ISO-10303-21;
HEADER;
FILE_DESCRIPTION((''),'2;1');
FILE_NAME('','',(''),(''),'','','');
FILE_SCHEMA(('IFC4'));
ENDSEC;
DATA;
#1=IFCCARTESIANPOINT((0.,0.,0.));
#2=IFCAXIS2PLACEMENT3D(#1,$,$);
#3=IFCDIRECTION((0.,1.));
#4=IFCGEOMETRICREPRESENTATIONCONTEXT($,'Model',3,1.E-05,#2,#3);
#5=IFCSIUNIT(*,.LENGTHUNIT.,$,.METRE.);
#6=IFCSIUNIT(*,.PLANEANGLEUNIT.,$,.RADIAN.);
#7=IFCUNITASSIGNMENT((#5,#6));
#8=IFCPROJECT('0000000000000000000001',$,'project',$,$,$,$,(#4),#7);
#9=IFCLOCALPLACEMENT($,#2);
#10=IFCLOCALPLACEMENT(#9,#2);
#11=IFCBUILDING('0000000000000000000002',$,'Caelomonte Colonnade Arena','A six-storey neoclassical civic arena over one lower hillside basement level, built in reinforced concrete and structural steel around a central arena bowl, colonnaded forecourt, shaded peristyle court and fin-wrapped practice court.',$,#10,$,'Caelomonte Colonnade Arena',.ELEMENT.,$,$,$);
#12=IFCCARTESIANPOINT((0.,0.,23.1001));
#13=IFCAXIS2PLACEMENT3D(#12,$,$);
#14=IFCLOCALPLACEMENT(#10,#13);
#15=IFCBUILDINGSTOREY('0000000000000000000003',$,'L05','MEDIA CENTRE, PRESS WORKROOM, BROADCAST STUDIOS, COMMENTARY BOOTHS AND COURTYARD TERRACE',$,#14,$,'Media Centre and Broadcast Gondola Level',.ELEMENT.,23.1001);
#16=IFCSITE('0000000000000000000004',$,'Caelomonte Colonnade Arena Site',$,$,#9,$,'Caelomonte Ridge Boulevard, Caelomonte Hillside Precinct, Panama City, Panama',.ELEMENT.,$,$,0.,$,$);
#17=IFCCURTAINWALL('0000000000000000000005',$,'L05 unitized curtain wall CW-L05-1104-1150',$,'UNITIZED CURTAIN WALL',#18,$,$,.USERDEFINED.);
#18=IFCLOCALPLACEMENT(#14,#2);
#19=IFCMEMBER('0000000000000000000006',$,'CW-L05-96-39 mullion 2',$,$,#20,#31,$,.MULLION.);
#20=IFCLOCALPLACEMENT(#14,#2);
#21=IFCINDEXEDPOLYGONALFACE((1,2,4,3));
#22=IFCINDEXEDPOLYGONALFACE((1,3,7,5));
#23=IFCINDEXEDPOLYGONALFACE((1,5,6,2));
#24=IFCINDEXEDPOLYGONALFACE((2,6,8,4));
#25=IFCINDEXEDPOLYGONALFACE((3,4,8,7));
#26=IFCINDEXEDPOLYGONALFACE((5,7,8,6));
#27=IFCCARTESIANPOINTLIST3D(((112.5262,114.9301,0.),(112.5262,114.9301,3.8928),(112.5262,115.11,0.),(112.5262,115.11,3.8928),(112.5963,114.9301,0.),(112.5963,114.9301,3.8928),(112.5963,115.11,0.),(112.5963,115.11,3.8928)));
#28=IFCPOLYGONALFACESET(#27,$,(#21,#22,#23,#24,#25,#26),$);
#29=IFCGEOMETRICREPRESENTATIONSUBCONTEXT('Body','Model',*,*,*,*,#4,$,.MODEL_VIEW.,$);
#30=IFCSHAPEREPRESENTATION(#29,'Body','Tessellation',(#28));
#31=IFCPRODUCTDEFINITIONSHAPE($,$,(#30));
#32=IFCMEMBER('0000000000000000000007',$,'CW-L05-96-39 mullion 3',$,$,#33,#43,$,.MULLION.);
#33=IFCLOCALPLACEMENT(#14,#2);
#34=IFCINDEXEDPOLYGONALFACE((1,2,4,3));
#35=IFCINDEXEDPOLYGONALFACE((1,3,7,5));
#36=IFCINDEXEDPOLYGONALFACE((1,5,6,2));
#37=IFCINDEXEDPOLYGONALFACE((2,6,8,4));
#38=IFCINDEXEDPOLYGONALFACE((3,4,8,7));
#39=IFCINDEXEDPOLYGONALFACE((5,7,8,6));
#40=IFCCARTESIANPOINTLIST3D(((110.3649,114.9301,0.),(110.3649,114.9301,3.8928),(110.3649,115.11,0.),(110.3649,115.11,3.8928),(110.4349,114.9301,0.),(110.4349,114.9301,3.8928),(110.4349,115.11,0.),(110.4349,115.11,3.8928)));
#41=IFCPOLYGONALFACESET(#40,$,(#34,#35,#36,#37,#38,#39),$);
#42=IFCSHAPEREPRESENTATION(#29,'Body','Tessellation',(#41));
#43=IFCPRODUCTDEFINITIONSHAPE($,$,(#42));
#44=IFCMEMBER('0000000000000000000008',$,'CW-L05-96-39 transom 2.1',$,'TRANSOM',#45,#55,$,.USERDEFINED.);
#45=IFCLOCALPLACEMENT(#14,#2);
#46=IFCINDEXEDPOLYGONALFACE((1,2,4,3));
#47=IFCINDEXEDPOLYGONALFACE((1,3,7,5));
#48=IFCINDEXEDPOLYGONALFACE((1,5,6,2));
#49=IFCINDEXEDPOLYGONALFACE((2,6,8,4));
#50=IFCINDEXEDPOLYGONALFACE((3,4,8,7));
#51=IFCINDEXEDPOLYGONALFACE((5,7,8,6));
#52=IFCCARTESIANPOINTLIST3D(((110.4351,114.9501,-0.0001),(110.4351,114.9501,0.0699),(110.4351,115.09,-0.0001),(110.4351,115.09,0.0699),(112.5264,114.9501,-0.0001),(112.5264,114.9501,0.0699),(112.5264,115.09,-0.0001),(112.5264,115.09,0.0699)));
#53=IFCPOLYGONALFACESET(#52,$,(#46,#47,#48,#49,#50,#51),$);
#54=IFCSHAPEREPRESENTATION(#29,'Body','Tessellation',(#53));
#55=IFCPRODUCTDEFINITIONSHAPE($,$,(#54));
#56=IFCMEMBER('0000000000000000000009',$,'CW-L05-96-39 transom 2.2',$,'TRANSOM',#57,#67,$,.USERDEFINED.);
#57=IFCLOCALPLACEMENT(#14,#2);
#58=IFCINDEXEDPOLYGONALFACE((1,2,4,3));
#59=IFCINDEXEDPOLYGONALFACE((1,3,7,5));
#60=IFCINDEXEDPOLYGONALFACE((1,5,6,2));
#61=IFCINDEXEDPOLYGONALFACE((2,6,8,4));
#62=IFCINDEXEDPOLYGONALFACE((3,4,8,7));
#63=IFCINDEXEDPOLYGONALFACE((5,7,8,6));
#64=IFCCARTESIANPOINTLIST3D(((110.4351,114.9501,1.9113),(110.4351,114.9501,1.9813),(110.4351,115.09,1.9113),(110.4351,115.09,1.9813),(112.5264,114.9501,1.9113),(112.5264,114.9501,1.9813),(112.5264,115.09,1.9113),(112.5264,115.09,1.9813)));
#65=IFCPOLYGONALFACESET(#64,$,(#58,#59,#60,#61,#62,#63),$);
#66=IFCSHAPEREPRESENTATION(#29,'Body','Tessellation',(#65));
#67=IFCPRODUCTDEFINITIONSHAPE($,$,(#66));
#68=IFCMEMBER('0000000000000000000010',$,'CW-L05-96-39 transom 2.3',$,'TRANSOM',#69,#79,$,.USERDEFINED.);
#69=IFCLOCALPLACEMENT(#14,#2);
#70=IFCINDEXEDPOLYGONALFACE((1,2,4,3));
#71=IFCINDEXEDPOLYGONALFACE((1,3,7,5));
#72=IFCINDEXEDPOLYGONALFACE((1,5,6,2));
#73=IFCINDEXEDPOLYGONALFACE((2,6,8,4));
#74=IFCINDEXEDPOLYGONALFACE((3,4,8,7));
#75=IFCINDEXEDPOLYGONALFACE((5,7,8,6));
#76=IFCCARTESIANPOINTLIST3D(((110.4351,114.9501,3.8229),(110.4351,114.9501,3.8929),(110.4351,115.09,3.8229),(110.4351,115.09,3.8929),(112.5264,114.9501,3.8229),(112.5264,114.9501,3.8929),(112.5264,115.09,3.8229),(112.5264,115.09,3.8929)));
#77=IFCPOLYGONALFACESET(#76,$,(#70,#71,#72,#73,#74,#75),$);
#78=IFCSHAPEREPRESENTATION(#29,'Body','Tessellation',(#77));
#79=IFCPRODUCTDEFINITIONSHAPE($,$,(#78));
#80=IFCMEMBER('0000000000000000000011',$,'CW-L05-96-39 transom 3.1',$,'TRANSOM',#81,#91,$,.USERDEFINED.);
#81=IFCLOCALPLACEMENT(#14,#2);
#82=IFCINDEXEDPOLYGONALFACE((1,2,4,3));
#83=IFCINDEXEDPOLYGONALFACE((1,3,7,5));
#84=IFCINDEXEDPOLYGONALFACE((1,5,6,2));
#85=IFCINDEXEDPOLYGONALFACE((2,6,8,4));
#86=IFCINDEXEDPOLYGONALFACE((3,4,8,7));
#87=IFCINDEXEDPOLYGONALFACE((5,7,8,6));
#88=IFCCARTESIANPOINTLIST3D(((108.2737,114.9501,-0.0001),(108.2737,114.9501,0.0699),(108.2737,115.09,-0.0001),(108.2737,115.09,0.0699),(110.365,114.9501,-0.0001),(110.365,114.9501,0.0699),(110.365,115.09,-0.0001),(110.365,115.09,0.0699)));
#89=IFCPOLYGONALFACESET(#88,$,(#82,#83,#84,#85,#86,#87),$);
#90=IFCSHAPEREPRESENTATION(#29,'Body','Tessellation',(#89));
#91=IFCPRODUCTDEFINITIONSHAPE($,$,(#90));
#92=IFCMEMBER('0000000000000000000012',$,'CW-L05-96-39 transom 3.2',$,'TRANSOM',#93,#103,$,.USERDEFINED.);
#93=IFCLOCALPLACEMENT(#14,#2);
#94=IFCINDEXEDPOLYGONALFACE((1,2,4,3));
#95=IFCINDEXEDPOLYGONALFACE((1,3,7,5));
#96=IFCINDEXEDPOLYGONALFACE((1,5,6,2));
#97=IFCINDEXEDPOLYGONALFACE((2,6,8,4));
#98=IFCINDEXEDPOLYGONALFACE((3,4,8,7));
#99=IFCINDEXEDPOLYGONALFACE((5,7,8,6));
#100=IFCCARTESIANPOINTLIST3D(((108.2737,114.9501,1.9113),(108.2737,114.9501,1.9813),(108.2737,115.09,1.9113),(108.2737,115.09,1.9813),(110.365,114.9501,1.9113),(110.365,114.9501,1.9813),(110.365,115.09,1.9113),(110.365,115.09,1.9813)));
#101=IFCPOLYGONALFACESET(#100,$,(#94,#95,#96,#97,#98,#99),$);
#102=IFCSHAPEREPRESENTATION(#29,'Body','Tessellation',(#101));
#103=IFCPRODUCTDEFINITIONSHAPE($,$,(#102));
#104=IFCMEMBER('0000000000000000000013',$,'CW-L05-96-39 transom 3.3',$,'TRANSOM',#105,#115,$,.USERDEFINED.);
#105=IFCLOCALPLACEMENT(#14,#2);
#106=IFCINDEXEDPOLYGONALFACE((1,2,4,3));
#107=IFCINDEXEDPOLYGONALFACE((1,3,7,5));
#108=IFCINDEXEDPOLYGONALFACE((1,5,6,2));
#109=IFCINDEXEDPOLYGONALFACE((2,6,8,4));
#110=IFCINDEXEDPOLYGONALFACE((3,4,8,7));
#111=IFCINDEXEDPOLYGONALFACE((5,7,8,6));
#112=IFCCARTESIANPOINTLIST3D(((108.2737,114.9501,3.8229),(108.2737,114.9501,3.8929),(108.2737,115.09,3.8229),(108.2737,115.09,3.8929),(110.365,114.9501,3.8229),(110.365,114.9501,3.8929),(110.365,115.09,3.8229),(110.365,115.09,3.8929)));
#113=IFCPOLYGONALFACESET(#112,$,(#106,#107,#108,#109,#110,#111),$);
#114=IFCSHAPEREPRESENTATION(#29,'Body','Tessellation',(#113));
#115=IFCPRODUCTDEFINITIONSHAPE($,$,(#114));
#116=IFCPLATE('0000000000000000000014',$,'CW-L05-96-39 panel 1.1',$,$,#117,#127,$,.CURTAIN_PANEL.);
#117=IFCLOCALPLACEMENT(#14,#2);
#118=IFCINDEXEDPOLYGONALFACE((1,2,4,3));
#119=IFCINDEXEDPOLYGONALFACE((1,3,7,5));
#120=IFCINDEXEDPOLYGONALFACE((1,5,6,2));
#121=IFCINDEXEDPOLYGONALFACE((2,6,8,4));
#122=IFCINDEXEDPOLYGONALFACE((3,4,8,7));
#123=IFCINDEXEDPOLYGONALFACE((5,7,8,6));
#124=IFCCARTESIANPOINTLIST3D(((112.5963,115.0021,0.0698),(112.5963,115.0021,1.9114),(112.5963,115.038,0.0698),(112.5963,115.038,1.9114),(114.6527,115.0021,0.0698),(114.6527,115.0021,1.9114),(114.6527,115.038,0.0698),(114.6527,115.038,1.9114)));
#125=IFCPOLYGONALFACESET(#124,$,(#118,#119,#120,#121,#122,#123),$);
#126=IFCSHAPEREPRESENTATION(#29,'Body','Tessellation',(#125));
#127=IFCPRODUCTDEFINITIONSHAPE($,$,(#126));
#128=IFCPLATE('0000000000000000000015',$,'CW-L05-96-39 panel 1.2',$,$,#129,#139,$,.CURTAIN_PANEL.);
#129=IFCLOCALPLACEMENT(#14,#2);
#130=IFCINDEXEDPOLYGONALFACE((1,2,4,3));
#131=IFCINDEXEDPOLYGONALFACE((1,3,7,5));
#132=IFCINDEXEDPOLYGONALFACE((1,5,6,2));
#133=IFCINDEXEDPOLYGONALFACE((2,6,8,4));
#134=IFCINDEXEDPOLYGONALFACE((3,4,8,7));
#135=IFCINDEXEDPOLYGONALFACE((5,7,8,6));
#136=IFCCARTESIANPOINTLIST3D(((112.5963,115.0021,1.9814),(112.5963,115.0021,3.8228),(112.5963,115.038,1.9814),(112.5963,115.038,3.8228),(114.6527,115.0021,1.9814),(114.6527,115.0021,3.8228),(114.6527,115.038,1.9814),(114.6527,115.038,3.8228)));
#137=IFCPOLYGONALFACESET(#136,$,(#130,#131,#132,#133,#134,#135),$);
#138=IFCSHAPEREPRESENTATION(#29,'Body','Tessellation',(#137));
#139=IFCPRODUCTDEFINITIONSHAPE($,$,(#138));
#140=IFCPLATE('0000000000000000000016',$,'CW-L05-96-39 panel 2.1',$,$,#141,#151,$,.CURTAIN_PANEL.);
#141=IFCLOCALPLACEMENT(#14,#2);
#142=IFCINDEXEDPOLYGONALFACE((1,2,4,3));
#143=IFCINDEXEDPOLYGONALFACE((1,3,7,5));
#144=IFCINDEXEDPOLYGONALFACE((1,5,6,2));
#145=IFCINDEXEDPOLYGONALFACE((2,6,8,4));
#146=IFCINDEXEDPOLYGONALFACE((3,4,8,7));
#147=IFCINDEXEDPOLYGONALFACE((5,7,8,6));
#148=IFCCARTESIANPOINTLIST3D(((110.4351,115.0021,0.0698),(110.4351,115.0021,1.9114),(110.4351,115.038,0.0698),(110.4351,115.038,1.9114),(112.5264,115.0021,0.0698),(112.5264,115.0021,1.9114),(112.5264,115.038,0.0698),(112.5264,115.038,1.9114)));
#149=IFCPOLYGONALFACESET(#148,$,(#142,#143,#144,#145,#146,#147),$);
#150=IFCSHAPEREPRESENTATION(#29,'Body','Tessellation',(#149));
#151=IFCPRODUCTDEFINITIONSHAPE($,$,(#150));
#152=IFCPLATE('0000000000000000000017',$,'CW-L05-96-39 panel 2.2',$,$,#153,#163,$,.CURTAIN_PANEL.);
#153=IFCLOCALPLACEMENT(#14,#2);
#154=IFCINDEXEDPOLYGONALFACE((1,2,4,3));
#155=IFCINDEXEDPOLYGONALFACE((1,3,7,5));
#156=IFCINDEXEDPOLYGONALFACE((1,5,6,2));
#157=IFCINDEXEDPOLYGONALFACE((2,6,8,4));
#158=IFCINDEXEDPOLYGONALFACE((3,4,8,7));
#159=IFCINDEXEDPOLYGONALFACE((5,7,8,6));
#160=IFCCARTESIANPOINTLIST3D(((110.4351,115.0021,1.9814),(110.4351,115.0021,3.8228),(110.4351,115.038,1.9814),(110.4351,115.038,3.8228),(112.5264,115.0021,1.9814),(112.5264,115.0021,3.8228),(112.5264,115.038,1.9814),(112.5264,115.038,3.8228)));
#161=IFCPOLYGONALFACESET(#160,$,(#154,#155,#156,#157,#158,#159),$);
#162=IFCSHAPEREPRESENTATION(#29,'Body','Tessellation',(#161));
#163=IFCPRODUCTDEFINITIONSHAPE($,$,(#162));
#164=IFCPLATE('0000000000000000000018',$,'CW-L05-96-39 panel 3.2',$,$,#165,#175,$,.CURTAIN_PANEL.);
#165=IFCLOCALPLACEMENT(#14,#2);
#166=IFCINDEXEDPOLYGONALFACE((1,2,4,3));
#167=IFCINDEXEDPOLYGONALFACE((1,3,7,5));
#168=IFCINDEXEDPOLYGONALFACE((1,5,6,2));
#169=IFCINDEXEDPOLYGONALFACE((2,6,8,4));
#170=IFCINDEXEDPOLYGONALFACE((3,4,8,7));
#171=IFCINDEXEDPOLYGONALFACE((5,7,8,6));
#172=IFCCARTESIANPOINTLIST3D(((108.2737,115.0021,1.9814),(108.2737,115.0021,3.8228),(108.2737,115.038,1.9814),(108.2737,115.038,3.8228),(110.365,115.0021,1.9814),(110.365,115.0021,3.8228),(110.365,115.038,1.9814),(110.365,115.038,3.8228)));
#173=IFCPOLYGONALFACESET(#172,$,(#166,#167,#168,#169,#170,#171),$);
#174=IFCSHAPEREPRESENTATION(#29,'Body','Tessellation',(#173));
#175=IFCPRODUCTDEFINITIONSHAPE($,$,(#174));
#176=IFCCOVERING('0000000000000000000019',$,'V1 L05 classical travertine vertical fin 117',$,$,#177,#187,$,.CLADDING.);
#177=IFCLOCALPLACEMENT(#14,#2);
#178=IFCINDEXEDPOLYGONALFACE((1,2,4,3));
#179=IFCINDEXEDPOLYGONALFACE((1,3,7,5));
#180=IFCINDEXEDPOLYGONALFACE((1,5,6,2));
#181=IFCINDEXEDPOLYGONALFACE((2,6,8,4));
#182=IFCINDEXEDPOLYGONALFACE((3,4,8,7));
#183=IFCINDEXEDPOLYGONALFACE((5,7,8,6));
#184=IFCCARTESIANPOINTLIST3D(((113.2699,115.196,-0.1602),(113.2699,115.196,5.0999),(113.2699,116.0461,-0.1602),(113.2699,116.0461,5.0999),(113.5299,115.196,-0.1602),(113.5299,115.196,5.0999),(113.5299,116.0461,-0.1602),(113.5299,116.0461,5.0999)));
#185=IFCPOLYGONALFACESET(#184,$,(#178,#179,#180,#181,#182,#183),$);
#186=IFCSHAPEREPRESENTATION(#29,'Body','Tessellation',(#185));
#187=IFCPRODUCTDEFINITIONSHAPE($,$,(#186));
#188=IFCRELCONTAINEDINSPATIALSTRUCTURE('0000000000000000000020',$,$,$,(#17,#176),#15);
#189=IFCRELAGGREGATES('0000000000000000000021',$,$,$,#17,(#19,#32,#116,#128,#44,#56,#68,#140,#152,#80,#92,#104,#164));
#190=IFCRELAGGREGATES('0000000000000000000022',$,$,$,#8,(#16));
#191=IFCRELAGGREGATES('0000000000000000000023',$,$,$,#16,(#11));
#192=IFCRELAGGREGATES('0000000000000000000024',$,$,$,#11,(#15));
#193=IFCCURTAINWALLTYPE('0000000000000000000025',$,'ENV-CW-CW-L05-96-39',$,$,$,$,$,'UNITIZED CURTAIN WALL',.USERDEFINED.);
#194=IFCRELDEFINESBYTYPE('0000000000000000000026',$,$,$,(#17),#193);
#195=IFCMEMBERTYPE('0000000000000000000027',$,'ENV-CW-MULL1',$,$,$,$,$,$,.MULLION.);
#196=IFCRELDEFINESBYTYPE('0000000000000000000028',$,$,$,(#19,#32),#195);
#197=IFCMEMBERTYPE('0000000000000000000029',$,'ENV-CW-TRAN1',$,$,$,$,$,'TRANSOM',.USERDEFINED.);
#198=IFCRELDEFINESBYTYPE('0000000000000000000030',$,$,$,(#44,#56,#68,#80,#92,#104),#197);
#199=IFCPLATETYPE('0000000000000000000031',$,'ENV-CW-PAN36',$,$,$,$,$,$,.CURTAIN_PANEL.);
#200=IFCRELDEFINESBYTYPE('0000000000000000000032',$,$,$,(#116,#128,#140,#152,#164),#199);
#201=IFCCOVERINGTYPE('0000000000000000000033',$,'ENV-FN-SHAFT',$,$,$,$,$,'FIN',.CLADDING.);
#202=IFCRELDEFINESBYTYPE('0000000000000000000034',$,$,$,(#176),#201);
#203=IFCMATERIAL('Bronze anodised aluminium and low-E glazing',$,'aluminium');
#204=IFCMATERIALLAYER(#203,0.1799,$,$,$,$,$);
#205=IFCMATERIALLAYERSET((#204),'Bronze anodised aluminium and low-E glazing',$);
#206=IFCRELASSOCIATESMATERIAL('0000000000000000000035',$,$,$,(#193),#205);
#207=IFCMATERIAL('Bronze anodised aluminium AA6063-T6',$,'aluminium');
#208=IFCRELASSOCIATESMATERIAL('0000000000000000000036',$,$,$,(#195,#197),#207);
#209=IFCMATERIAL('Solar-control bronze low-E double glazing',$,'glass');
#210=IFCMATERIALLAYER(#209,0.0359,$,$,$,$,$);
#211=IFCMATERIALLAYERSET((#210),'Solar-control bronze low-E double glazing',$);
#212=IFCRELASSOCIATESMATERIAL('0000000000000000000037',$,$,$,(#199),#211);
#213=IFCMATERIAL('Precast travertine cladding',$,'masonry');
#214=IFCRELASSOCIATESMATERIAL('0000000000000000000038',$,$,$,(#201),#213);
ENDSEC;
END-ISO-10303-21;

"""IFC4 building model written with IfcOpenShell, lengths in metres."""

from ifc_helpers import new_model, si_unit, direction, frame, origin, origin_2d, place, context, subcontext, project, spatial, rectangle, extrude, material, layer, layer_set, material_profile, profile_set, type_object, element, aggregate, save


model = new_model("IFC4")

# Units and contexts
model_context = context("Model", 3, precision=1e-05, world=origin(), true_north=direction((0.0, 1.0)))
body_context = subcontext(model_context, "Body", "Model", "MODEL_VIEW")
ifc_project = project(units=[si_unit("LENGTHUNIT", "METRE"), si_unit("PLANEANGLEUNIT", "RADIAN")], contexts=[model_context])

# Site, building, storey
site_placement = place(None, origin())
site = spatial("IfcSite", under=ifc_project, at=site_placement, Name="Caelomonte Colonnade Arena Site", LongName="Caelomonte Ridge Boulevard, Caelomonte Hillside Precinct, Panama City, Panama", CompositionType="ELEMENT", RefElevation=0.0)
building_placement = place(site_placement, origin())
building = spatial("IfcBuilding", under=site, at=building_placement, Name="Caelomonte Colonnade Arena", Description="A six-storey neoclassical civic arena over one lower hillside basement level, built in reinforced concrete and structural steel around a central arena bowl, colonnaded forecourt, shaded peristyle court and fin-wrapped practice court.", LongName="Caelomonte Colonnade Arena", CompositionType="ELEMENT")
storey_placement = place(building_placement, frame((0.0, 0.0, 23.1001)))
storey = spatial("IfcBuildingStorey", under=building, at=storey_placement, Name="L05", Description="MEDIA CENTRE, PRESS WORKROOM, BROADCAST STUDIOS, COMMENTARY BOOTHS AND COURTYARD TERRACE", LongName="Media Centre and Broadcast Gondola Level", CompositionType="ELEMENT", Elevation=23.1001)

# Curtain wall, members, plates
ifc_material_1 = material(Name="Bronze anodised aluminium and low-E glazing", Category="aluminium")
ifc_layer_1 = layer(ifc_material_1, 0.1799)
ifc_layer_set_1 = layer_set([ifc_layer_1], Name="Bronze anodised aluminium and low-E glazing")
curtain_wall_type = type_object("IfcCurtainWallType", Name="ENV-CW-CW-L05-96-39", ElementType="UNITIZED CURTAIN WALL", PredefinedType="USERDEFINED", material=ifc_layer_set_1)
curtain_wall_placement = place(storey_placement, origin())
curtain_wall = element("IfcCurtainWall", 1, at=curtain_wall_placement, inside=storey, type_object=curtain_wall_type, Name="L05 unitized curtain wall CW-L05-1104-1150", ObjectType="UNITIZED CURTAIN WALL", PredefinedType="USERDEFINED")
ifc_material_2 = material(Name="Bronze anodised aluminium AA6063-T6", Category="aluminium")
ifc_material_profile_1 = material_profile(ifc_material_2, rectangle(XDim=0.0701, YDim=0.1799, at=origin_2d()), Name="CWM-70X180")
ifc_profile_set_1 = profile_set([ifc_material_profile_1], Name="Bronze anodised aluminium AA6063-T6")
member_type_1 = type_object("IfcMemberType", Name="ENV-CW-MULL1", PredefinedType="MULLION", material=ifc_profile_set_1)
member_1_placement = place(storey_placement, frame((112.5613, 115.02, 0.0), z_axis=(0.0, 0.0, 1.0), x_axis=(-1.0, 0.0, 0.0)))
member_1 = element("IfcMember", 2, at=member_1_placement, type_object=member_type_1, Name="CW-L05-96-39 mullion 2", PredefinedType="MULLION", context=body_context, shape_type="SweptSolid", body=[
    extrude(rectangle(XDim=0.0701, YDim=0.1799, at=origin_2d()), origin(), (0.0, 0.0, 1.0), 3.8928),
])
member_2_placement = place(storey_placement, frame((110.3999, 115.02, 0.0), z_axis=(0.0, 0.0, 1.0), x_axis=(-1.0, 0.0, 0.0)))
member_2 = element("IfcMember", 3, at=member_2_placement, type_object=member_type_1, Name="CW-L05-96-39 mullion 3", PredefinedType="MULLION", context=body_context, shape_type="SweptSolid", body=[
    extrude(rectangle(XDim=0.0701, YDim=0.1799, at=origin_2d()), origin(), (0.0, 0.0, 1.0), 3.8928),
])
ifc_material_profile_2 = material_profile(ifc_material_2, rectangle(XDim=0.0701, YDim=0.1399, at=origin_2d()), Name="CWT-70X140")
ifc_profile_set_2 = profile_set([ifc_material_profile_2], Name="Bronze anodised aluminium AA6063-T6")
member_type_2 = type_object("IfcMemberType", Name="ENV-CW-TRAN1", ElementType="TRANSOM", PredefinedType="USERDEFINED", material=ifc_profile_set_2)
member_3_placement = place(storey_placement, frame((112.5264, 115.02, 0.0349), z_axis=(-1.0, 0.0, 0.0), x_axis=(0.0, 0.0, 1.0)))
member_3 = element("IfcMember", 4, at=member_3_placement, type_object=member_type_2, Name="CW-L05-96-39 transom 2.1", ObjectType="TRANSOM", PredefinedType="USERDEFINED", context=body_context, shape_type="SweptSolid", body=[
    extrude(rectangle(XDim=0.0701, YDim=0.1399, at=origin_2d()), origin(), (0.0, 0.0, 1.0), 2.0913),
])
member_4_placement = place(storey_placement, frame((112.5264, 115.02, 1.9463), z_axis=(-1.0, 0.0, 0.0), x_axis=(0.0, 0.0, 1.0)))
member_4 = element("IfcMember", 5, at=member_4_placement, type_object=member_type_2, Name="CW-L05-96-39 transom 2.2", ObjectType="TRANSOM", PredefinedType="USERDEFINED", context=body_context, shape_type="SweptSolid", body=[
    extrude(rectangle(XDim=0.0701, YDim=0.1399, at=origin_2d()), origin(), (0.0, 0.0, 1.0), 2.0913),
])
member_5_placement = place(storey_placement, frame((112.5264, 115.02, 3.8579), z_axis=(-1.0, 0.0, 0.0), x_axis=(0.0, 0.0, 1.0)))
member_5 = element("IfcMember", 6, at=member_5_placement, type_object=member_type_2, Name="CW-L05-96-39 transom 2.3", ObjectType="TRANSOM", PredefinedType="USERDEFINED", context=body_context, shape_type="SweptSolid", body=[
    extrude(rectangle(XDim=0.0701, YDim=0.1399, at=origin_2d()), origin(), (0.0, 0.0, 1.0), 2.0913),
])
member_6_placement = place(storey_placement, frame((110.365, 115.02, 0.0349), z_axis=(-1.0, 0.0, 0.0), x_axis=(0.0, 0.0, 1.0)))
member_6 = element("IfcMember", 7, at=member_6_placement, type_object=member_type_2, Name="CW-L05-96-39 transom 3.1", ObjectType="TRANSOM", PredefinedType="USERDEFINED", context=body_context, shape_type="SweptSolid", body=[
    extrude(rectangle(XDim=0.0701, YDim=0.1399, at=origin_2d()), origin(), (0.0, 0.0, 1.0), 2.0913),
])
member_7_placement = place(storey_placement, frame((110.365, 115.02, 1.9463), z_axis=(-1.0, 0.0, 0.0), x_axis=(0.0, 0.0, 1.0)))
member_7 = element("IfcMember", 8, at=member_7_placement, type_object=member_type_2, Name="CW-L05-96-39 transom 3.2", ObjectType="TRANSOM", PredefinedType="USERDEFINED", context=body_context, shape_type="SweptSolid", body=[
    extrude(rectangle(XDim=0.0701, YDim=0.1399, at=origin_2d()), origin(), (0.0, 0.0, 1.0), 2.0913),
])
member_8_placement = place(storey_placement, frame((110.365, 115.02, 3.8579), z_axis=(-1.0, 0.0, 0.0), x_axis=(0.0, 0.0, 1.0)))
member_8 = element("IfcMember", 9, at=member_8_placement, type_object=member_type_2, Name="CW-L05-96-39 transom 3.3", ObjectType="TRANSOM", PredefinedType="USERDEFINED", context=body_context, shape_type="SweptSolid", body=[
    extrude(rectangle(XDim=0.0701, YDim=0.1399, at=origin_2d()), origin(), (0.0, 0.0, 1.0), 2.0913),
])
ifc_material_3 = material(Name="Solar-control bronze low-E double glazing", Category="glass")
ifc_layer_2 = layer(ifc_material_3, 0.0359)
ifc_layer_set_2 = layer_set([ifc_layer_2], Name="Solar-control bronze low-E double glazing")
plate_type = type_object("IfcPlateType", Name="ENV-CW-PAN36", PredefinedType="CURTAIN_PANEL", material=ifc_layer_set_2)
plate_1_placement = place(storey_placement, frame((113.6245, 115.02, 0.0698), z_axis=(0.0, 0.0, 1.0), x_axis=(-1.0, 0.0, 0.0)))
plate_1 = element("IfcPlate", 10, at=plate_1_placement, type_object=plate_type, Name="CW-L05-96-39 panel 1.1", PredefinedType="CURTAIN_PANEL", context=body_context, shape_type="SweptSolid", body=[
    extrude(rectangle(XDim=2.0564, YDim=0.0359, at=origin_2d()), origin(), (0.0, 0.0, 1.0), 1.8416),
])
plate_2_placement = place(storey_placement, frame((113.6245, 115.02, 1.9814), z_axis=(0.0, 0.0, 1.0), x_axis=(-1.0, 0.0, 0.0)))
plate_2 = element("IfcPlate", 11, at=plate_2_placement, type_object=plate_type, Name="CW-L05-96-39 panel 1.2", PredefinedType="CURTAIN_PANEL", context=body_context, shape_type="SweptSolid", body=[
    extrude(rectangle(XDim=2.0564, YDim=0.0359, at=origin_2d()), origin(), (0.0, 0.0, 1.0), 1.8413),
])
plate_3_placement = place(storey_placement, frame((111.4807, 115.02, 0.0698), z_axis=(0.0, 0.0, 1.0), x_axis=(-1.0, 0.0, 0.0)))
plate_3 = element("IfcPlate", 12, at=plate_3_placement, type_object=plate_type, Name="CW-L05-96-39 panel 2.1", PredefinedType="CURTAIN_PANEL", context=body_context, shape_type="SweptSolid", body=[
    extrude(rectangle(XDim=2.0913, YDim=0.0359, at=origin_2d()), origin(), (0.0, 0.0, 1.0), 1.8416),
])
plate_4_placement = place(storey_placement, frame((111.4807, 115.02, 1.9814), z_axis=(0.0, 0.0, 1.0), x_axis=(-1.0, 0.0, 0.0)))
plate_4 = element("IfcPlate", 13, at=plate_4_placement, type_object=plate_type, Name="CW-L05-96-39 panel 2.2", PredefinedType="CURTAIN_PANEL", context=body_context, shape_type="SweptSolid", body=[
    extrude(rectangle(XDim=2.0913, YDim=0.0359, at=origin_2d()), origin(), (0.0, 0.0, 1.0), 1.8413),
])
plate_5_placement = place(storey_placement, frame((109.3193, 115.02, 1.9814), z_axis=(0.0, 0.0, 1.0), x_axis=(-1.0, 0.0, 0.0)))
plate_5 = element("IfcPlate", 14, at=plate_5_placement, type_object=plate_type, Name="CW-L05-96-39 panel 3.2", PredefinedType="CURTAIN_PANEL", context=body_context, shape_type="SweptSolid", body=[
    extrude(rectangle(XDim=2.0913, YDim=0.0359, at=origin_2d()), origin(), (0.0, 0.0, 1.0), 1.8413),
])
aggregate(curtain_wall, [member_1, member_2, plate_1, plate_2, member_3, member_4, member_5, plate_3, plate_4, member_6, member_7, member_8, plate_5])

# Covering
ifc_material_4 = material(Name="Precast travertine cladding", Category="masonry")
ifc_material_profile_3 = material_profile(ifc_material_4, rectangle(XDim=0.26, YDim=0.8501, at=origin_2d()), Name="FIN260X850")
ifc_profile_set_3 = profile_set([ifc_material_profile_3], Name="Precast travertine cladding")
covering_type = type_object("IfcCoveringType", Name="ENV-FN-SHAFT", ElementType="FIN", PredefinedType="CLADDING", material=ifc_profile_set_3)
for number, where, z_axis, x_axis, name in (
    (15, (113.3999, 115.6211, -0.1602), (0.0, 0.0, 1.0), (1.0, 0.0, 0.0), "V1 L05 classical travertine vertical fin 117"),
):
    element("IfcCovering", number, at=place(storey_placement, frame(where, z_axis=z_axis, x_axis=x_axis)), inside=storey, type_object=covering_type, Name=name, PredefinedType="CLADDING", context=body_context, shape_type="SweptSolid", body=[
        extrude(rectangle(XDim=0.26, YDim=0.8501, at=origin_2d()), origin(), (0.0, 0.0, 1.0), 5.26),
    ])

save(model, "model.ifc")
